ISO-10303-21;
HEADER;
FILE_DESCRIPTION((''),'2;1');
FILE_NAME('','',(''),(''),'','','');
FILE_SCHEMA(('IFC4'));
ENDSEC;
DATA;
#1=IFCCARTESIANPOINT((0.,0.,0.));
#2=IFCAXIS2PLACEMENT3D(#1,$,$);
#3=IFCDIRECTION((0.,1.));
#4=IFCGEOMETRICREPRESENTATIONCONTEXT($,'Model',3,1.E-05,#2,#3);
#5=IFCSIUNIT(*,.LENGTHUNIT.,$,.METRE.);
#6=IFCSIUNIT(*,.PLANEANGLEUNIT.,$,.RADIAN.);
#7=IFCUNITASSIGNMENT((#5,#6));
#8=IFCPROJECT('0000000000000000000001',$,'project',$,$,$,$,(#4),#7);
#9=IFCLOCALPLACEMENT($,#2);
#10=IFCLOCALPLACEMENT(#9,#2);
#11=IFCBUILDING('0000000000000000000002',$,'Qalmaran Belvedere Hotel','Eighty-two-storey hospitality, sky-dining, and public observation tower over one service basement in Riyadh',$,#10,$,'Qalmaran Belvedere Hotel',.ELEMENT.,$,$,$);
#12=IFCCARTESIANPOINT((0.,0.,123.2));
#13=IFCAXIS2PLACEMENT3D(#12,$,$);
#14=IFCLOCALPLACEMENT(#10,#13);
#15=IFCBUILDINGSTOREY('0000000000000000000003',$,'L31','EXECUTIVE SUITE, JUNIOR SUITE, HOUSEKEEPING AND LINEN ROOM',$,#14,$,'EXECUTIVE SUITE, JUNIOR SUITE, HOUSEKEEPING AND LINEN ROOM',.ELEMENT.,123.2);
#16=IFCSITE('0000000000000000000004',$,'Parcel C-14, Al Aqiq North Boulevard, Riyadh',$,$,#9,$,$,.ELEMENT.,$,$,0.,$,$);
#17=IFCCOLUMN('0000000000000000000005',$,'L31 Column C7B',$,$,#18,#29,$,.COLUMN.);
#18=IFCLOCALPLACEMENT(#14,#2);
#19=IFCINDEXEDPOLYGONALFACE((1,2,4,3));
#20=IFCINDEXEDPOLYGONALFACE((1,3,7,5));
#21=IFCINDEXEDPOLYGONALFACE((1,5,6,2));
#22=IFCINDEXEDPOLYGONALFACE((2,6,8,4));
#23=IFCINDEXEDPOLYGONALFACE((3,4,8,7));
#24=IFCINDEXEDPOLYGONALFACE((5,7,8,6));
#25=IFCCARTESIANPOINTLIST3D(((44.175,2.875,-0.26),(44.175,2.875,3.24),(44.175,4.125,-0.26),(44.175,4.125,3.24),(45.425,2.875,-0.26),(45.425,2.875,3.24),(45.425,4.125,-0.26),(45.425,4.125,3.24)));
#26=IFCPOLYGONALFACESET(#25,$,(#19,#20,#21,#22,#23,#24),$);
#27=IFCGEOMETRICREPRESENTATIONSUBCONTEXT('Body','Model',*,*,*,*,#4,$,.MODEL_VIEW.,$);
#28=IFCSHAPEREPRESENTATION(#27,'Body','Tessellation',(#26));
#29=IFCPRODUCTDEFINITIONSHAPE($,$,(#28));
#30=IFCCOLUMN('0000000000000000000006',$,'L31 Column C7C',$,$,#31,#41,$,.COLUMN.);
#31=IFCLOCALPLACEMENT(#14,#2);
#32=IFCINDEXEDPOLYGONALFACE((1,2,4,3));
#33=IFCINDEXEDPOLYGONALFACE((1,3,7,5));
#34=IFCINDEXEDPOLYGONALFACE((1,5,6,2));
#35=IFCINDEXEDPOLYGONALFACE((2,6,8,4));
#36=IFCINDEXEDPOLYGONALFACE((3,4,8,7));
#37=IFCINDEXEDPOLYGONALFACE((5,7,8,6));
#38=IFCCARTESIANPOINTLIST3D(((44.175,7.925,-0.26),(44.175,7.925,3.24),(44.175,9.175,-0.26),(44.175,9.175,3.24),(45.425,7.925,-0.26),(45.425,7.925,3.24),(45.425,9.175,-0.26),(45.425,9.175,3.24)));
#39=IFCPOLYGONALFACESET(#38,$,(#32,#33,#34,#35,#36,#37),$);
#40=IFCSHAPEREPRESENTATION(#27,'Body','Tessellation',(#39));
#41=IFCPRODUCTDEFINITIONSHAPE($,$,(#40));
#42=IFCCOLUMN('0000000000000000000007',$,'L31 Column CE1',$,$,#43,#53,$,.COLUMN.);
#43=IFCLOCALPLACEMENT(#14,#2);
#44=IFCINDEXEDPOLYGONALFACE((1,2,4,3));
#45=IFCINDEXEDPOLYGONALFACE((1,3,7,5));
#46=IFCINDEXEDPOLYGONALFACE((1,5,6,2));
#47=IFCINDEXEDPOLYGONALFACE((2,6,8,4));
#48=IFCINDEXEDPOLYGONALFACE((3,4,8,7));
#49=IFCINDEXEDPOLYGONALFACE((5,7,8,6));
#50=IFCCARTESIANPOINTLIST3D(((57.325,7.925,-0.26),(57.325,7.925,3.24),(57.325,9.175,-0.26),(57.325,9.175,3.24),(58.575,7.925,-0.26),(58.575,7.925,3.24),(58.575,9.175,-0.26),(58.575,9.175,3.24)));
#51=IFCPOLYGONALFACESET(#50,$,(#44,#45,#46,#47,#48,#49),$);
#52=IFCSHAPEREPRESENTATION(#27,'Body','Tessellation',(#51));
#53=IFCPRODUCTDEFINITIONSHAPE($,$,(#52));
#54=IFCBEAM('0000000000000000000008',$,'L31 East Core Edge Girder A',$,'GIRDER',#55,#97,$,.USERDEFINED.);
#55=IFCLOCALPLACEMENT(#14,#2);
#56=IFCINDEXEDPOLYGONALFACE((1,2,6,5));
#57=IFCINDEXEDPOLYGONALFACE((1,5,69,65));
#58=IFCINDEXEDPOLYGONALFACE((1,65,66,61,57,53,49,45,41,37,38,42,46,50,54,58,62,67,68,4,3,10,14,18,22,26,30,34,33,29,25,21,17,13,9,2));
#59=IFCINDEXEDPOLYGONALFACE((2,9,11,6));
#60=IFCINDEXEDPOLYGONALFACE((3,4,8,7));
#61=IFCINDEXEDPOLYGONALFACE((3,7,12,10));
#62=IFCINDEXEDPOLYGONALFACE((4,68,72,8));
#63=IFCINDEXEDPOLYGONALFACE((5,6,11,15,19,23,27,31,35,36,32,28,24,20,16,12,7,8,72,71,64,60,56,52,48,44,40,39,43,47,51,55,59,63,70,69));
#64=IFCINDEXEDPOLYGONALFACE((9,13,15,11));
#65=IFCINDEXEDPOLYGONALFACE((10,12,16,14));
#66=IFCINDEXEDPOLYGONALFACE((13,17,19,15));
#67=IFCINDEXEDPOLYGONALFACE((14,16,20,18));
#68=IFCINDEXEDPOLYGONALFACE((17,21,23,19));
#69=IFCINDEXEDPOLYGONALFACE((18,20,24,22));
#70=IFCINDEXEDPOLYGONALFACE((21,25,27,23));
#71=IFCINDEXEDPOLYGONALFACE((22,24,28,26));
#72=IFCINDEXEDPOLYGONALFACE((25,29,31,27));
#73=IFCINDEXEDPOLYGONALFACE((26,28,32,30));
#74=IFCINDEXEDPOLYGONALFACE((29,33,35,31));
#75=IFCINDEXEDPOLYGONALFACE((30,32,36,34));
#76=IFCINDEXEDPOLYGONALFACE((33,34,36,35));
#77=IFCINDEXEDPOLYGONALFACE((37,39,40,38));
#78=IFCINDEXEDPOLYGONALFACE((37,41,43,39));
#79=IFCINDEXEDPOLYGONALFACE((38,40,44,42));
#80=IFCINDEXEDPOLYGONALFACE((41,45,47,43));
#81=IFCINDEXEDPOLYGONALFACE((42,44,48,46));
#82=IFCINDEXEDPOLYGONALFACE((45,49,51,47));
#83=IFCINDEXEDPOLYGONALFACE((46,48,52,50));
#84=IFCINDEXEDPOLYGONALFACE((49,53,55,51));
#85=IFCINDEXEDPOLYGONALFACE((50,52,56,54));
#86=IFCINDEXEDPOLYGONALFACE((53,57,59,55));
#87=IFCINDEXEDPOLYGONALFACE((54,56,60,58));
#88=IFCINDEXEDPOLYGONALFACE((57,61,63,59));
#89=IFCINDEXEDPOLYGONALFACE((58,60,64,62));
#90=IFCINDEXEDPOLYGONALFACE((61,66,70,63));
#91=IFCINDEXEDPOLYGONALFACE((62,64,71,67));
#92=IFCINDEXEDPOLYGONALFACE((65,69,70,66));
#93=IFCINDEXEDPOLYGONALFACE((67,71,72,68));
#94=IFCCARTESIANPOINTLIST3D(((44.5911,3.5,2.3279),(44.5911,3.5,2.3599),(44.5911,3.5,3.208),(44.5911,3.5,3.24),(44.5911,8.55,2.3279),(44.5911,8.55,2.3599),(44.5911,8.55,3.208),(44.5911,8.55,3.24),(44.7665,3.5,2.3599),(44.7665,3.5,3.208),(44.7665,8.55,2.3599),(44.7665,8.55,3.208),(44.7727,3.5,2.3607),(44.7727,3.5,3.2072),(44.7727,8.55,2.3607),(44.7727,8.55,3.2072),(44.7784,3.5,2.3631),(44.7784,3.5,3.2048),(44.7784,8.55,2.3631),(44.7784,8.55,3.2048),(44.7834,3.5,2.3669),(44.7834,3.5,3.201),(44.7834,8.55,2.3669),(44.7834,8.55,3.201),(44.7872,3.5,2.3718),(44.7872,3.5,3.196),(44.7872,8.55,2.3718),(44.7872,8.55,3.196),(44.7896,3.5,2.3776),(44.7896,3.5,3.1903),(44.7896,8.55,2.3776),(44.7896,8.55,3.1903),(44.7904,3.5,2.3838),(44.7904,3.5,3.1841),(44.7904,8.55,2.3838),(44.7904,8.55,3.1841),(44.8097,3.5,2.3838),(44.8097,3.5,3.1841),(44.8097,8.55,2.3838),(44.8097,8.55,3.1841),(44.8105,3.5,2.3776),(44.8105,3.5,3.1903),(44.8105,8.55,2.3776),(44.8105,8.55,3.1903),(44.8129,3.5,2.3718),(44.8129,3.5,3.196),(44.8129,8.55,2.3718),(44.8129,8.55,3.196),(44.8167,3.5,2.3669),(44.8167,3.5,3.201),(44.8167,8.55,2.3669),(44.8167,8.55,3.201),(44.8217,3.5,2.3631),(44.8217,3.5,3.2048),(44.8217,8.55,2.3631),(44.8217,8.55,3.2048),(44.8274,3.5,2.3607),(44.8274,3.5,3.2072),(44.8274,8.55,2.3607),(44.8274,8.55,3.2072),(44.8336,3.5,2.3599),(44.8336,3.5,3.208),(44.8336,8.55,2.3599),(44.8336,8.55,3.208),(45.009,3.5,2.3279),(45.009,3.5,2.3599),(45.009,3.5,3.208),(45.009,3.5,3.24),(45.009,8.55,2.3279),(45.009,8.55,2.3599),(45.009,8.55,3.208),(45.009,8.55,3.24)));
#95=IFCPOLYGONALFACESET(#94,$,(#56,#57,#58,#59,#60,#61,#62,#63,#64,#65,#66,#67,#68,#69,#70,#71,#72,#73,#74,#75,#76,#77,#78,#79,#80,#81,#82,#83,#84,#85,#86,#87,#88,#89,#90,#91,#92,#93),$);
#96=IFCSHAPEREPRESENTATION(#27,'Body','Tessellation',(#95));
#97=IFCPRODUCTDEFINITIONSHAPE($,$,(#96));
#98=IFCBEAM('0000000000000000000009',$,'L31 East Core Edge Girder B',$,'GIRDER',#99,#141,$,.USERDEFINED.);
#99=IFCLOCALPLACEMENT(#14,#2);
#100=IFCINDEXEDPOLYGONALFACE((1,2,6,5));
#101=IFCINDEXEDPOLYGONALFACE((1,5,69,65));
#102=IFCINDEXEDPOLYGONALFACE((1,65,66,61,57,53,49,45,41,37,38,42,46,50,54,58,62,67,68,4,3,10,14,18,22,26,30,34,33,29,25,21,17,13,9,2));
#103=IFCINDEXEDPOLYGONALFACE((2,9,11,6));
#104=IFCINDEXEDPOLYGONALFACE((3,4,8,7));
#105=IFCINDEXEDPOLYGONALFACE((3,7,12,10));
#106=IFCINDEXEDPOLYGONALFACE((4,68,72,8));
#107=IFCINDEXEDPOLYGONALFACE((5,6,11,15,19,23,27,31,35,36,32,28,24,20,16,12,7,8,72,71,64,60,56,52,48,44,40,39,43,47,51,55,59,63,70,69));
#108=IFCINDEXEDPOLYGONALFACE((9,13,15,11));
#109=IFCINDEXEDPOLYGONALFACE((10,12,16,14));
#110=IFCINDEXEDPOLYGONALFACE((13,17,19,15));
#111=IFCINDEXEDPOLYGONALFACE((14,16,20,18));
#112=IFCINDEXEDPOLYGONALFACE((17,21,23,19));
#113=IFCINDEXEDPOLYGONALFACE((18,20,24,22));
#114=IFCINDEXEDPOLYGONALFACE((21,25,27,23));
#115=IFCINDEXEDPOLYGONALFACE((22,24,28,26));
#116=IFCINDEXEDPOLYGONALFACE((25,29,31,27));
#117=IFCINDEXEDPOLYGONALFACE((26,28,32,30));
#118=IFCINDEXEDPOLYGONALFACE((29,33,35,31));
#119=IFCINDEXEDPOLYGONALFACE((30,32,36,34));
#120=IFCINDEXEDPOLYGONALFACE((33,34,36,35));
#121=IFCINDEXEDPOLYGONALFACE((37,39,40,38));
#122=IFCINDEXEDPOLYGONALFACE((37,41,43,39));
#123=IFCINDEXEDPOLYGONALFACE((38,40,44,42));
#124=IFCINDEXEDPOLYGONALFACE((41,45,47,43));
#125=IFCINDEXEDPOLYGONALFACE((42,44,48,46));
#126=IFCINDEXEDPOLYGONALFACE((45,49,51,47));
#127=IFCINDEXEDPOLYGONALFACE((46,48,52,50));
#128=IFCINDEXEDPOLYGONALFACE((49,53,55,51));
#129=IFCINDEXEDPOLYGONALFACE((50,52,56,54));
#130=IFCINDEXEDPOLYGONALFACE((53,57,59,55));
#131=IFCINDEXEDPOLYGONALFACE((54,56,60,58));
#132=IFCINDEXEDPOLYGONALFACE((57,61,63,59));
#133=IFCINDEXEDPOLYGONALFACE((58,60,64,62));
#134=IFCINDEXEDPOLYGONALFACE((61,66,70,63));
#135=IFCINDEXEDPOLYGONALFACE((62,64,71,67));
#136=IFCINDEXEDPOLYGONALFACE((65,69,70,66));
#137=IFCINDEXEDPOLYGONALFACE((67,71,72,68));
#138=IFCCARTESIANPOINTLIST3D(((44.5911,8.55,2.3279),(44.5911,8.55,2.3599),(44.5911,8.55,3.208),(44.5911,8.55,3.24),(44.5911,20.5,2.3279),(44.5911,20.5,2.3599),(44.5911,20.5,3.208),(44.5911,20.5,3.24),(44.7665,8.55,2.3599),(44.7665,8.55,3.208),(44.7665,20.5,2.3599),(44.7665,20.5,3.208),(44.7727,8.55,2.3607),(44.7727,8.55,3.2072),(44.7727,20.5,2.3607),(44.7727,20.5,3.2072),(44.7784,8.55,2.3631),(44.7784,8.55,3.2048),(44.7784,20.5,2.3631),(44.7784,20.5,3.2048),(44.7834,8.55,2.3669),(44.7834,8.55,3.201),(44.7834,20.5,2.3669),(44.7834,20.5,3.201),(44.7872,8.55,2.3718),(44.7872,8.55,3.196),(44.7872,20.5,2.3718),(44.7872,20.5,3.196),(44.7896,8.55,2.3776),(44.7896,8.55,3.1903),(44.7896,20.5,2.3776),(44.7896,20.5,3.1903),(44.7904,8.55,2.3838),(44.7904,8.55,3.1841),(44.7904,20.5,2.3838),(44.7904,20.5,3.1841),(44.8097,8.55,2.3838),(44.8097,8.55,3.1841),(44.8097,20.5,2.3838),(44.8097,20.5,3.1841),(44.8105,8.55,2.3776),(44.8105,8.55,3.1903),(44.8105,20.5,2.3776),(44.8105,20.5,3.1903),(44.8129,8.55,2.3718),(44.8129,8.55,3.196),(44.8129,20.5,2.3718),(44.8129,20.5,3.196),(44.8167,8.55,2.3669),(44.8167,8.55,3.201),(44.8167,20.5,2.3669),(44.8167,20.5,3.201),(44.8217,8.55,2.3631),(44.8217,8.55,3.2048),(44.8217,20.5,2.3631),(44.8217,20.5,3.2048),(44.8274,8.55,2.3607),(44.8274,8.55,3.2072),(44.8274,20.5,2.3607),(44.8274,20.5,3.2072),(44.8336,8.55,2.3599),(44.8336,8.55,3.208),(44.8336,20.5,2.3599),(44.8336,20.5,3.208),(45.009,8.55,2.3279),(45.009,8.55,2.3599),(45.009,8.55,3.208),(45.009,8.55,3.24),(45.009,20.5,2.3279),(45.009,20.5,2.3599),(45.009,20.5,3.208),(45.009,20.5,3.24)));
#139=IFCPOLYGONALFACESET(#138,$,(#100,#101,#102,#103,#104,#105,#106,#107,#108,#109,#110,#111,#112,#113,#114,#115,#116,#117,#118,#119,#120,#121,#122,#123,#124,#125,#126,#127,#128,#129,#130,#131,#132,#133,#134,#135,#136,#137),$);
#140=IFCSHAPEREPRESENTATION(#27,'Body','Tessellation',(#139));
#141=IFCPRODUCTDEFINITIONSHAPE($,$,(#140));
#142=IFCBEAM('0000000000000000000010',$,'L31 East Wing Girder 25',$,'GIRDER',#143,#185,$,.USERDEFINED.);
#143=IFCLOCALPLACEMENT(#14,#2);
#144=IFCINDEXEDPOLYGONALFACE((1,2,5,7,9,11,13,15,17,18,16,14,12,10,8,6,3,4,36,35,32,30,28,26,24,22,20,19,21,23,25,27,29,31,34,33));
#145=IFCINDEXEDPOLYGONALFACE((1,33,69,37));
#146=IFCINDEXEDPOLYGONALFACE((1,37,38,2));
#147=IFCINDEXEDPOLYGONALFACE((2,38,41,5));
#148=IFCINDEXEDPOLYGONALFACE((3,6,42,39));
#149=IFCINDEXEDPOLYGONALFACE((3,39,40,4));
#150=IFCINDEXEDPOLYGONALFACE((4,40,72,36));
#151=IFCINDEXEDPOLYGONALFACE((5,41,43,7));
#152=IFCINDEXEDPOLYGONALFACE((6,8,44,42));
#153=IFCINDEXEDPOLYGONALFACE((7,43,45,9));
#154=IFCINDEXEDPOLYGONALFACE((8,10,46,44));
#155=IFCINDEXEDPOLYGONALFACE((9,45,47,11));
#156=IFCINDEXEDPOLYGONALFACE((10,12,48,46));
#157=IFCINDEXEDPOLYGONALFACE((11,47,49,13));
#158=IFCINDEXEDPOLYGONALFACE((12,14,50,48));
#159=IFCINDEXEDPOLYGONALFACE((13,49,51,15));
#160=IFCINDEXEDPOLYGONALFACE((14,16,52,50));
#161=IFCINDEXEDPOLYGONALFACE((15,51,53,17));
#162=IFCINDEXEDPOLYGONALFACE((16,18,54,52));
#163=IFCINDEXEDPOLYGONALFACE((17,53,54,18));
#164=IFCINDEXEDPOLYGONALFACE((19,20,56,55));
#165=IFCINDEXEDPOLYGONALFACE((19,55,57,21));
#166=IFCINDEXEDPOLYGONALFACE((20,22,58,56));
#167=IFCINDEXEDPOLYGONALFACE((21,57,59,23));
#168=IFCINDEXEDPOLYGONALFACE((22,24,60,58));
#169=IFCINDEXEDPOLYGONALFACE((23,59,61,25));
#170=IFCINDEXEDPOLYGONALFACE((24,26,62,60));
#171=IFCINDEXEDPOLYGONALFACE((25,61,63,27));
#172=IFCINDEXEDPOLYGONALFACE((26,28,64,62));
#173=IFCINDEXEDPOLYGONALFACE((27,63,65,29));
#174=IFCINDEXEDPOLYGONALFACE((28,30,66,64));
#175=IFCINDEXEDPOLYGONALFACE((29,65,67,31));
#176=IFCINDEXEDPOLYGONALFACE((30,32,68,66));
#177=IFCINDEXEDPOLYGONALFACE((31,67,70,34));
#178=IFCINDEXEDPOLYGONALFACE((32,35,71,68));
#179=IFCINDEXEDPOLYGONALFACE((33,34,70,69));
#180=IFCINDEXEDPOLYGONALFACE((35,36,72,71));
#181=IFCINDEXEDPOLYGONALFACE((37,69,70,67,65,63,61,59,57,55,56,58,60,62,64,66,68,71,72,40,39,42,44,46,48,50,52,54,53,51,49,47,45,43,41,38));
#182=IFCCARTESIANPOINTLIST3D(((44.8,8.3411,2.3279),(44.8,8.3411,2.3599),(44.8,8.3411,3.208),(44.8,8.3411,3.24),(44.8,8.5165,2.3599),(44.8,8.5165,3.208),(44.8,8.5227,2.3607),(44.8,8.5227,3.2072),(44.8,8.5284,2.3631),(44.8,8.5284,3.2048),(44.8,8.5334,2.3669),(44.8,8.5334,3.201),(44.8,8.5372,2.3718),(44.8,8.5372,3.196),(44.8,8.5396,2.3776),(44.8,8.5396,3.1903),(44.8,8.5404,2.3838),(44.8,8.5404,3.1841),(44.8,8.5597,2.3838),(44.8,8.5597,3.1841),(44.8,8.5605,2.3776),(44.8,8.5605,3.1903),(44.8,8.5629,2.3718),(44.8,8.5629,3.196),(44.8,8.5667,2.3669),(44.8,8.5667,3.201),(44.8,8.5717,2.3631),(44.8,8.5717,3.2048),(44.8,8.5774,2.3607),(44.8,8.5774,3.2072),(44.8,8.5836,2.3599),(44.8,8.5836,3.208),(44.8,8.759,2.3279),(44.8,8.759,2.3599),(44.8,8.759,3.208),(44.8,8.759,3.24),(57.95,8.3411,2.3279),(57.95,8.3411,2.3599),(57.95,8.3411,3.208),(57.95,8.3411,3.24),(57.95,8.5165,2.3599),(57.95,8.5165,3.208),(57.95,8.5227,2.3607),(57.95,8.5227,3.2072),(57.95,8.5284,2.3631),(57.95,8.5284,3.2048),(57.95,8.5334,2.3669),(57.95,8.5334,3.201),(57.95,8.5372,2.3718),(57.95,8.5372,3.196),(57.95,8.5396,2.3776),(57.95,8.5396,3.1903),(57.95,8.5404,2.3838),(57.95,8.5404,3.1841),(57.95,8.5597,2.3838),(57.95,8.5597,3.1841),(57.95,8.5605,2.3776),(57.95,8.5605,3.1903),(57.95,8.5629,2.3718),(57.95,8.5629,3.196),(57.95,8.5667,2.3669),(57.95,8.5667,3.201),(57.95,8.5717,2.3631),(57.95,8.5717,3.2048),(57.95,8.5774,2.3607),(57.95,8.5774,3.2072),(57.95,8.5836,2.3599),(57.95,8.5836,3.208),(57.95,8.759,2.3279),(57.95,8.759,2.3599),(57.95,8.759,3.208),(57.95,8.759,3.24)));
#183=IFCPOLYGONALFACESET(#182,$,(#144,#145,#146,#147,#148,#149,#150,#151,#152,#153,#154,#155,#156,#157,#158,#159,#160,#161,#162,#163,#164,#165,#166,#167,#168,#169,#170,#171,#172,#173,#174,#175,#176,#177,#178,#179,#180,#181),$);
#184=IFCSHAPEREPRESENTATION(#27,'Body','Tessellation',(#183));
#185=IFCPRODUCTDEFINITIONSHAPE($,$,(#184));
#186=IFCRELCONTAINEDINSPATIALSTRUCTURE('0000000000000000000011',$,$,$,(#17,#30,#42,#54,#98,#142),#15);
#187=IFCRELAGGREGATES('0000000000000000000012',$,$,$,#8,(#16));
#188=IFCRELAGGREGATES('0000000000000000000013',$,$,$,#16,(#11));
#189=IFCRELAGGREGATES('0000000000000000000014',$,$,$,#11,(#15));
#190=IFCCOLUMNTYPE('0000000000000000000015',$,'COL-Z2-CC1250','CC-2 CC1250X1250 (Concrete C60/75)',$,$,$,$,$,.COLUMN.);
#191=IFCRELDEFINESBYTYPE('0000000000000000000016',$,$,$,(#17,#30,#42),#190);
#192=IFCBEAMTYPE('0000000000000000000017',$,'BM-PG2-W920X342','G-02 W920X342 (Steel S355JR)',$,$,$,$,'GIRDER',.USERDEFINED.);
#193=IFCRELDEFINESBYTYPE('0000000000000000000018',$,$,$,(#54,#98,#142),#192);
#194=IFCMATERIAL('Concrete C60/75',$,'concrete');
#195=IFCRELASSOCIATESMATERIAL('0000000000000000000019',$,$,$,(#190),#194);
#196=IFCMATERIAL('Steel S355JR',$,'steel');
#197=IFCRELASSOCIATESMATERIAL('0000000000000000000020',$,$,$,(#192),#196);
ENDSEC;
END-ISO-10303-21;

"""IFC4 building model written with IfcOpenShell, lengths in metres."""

from ifc_helpers import new_model, si_unit, direction, frame, origin, origin_2d, place, context, subcontext, project, spatial, rectangle, i_section, extrude, material, material_profile, profile_set, type_object, element, save


model = new_model("IFC4")

# Units and contexts
model_context = context("Model", 3, precision=1e-05, world=origin(), true_north=direction((0.0, 1.0)))
body_context = subcontext(model_context, "Body", "Model", "MODEL_VIEW")
ifc_project = project(units=[si_unit("LENGTHUNIT", "METRE"), si_unit("PLANEANGLEUNIT", "RADIAN")], contexts=[model_context])

# Site, building, storey
site_placement = place(None, origin())
site = spatial("IfcSite", under=ifc_project, at=site_placement, Name="Parcel C-14, Al Aqiq North Boulevard, Riyadh", CompositionType="ELEMENT", RefElevation=0.0)
building_placement = place(site_placement, origin())
building = spatial("IfcBuilding", under=site, at=building_placement, Name="Qalmaran Belvedere Hotel", Description="Eighty-two-storey hospitality, sky-dining, and public observation tower over one service basement in Riyadh", LongName="Qalmaran Belvedere Hotel", CompositionType="ELEMENT")
storey_placement = place(building_placement, frame((0.0, 0.0, 123.2)))
storey = spatial("IfcBuildingStorey", under=building, at=storey_placement, Name="L31", Description="EXECUTIVE SUITE, JUNIOR SUITE, HOUSEKEEPING AND LINEN ROOM", LongName="EXECUTIVE SUITE, JUNIOR SUITE, HOUSEKEEPING AND LINEN ROOM", CompositionType="ELEMENT", Elevation=123.2)

# Columns
ifc_material_1 = material(Name="Concrete C60/75", Category="concrete")
ifc_material_profile_1 = material_profile(ifc_material_1, rectangle(XDim=1.25, YDim=1.25, at=origin_2d()), Name="CC1250X1250")
ifc_profile_set_1 = profile_set([ifc_material_profile_1], Name="Concrete C60/75")
column_type = type_object("IfcColumnType", Name="COL-Z2-CC1250", Description="CC-2 CC1250X1250 (Concrete C60/75)", PredefinedType="COLUMN", material=ifc_profile_set_1)
for number, where, z_axis, x_axis, name in (
    (1, (44.8, 3.5, -0.26), (0.0, 0.0, 1.0), (1.0, 0.0, 0.0), "L31 Column C7B"),
    (2, (44.8, 8.55, -0.26), (0.0, 0.0, 1.0), (1.0, 0.0, 0.0), "L31 Column C7C"),
    (3, (57.95, 8.55, -0.26), (0.0, 0.0, 1.0), (1.0, 0.0, 0.0), "L31 Column CE1"),
):
    element("IfcColumn", number, at=place(storey_placement, frame(where, z_axis=z_axis, x_axis=x_axis)), inside=storey, type_object=column_type, Name=name, PredefinedType="COLUMN", context=body_context, shape_type="SweptSolid", body=[
        extrude(rectangle(XDim=1.25, YDim=1.25, at=origin_2d()), origin(), (0.0, 0.0, 1.0), 3.5),
    ])

# Beams
ifc_material_2 = material(Name="Steel S355JR", Category="steel")
ifc_material_profile_2 = material_profile(ifc_material_2, i_section(OverallWidth=0.418, OverallDepth=0.9121, WebThickness=0.0193, FlangeThickness=0.032, FilletRadius=0.0239, at=origin_2d()), Name="W920X342")
ifc_profile_set_2 = profile_set([ifc_material_profile_2], Name="Steel S355JR")
beam_type_1 = type_object("IfcBeamType", Name="BM-PG2-W920X342", Description="G-02 W920X342 (Steel S355JR)", ElementType="GIRDER", PredefinedType="USERDEFINED", material=ifc_profile_set_2)
beam_1_placement = place(storey_placement, frame((44.8, 3.5, 2.7839), z_axis=(0.0, 1.0, 0.0), x_axis=(-1.0, 0.0, 0.0)))
element("IfcBeam", 4, at=beam_1_placement, inside=storey, type_object=beam_type_1, Name="L31 East Core Edge Girder A", ObjectType="GIRDER", PredefinedType="USERDEFINED", context=body_context, shape_type="SweptSolid", body=[
    extrude(i_section(OverallWidth=0.418, OverallDepth=0.9121, WebThickness=0.0193, FlangeThickness=0.032, FilletRadius=0.0239, at=origin_2d()), origin(), (0.0, 0.0, 1.0), 5.05),
])
beam_2_placement = place(storey_placement, frame((44.8, 8.55, 2.7839), z_axis=(0.0, 1.0, 0.0), x_axis=(-1.0, 0.0, 0.0)))
element("IfcBeam", 5, at=beam_2_placement, inside=storey, type_object=beam_type_1, Name="L31 East Core Edge Girder B", ObjectType="GIRDER", PredefinedType="USERDEFINED", context=body_context, shape_type="SweptSolid", body=[
    extrude(i_section(OverallWidth=0.418, OverallDepth=0.9121, WebThickness=0.0193, FlangeThickness=0.032, FilletRadius=0.0239, at=origin_2d()), origin(), (0.0, 0.0, 1.0), 11.95),
])
beam_3_placement = place(storey_placement, frame((44.8, 8.55, 2.7839), z_axis=(1.0, 0.0, 0.0), x_axis=(0.0, 1.0, 0.0)))
element("IfcBeam", 6, at=beam_3_placement, inside=storey, type_object=beam_type_1, Name="L31 East Wing Girder 25", ObjectType="GIRDER", PredefinedType="USERDEFINED", context=body_context, shape_type="SweptSolid", body=[
    extrude(i_section(OverallWidth=0.418, OverallDepth=0.9121, WebThickness=0.0193, FlangeThickness=0.032, FilletRadius=0.0239, at=origin_2d()), origin(), (0.0, 0.0, 1.0), 13.1499),
])

save(model, "model.ifc")
